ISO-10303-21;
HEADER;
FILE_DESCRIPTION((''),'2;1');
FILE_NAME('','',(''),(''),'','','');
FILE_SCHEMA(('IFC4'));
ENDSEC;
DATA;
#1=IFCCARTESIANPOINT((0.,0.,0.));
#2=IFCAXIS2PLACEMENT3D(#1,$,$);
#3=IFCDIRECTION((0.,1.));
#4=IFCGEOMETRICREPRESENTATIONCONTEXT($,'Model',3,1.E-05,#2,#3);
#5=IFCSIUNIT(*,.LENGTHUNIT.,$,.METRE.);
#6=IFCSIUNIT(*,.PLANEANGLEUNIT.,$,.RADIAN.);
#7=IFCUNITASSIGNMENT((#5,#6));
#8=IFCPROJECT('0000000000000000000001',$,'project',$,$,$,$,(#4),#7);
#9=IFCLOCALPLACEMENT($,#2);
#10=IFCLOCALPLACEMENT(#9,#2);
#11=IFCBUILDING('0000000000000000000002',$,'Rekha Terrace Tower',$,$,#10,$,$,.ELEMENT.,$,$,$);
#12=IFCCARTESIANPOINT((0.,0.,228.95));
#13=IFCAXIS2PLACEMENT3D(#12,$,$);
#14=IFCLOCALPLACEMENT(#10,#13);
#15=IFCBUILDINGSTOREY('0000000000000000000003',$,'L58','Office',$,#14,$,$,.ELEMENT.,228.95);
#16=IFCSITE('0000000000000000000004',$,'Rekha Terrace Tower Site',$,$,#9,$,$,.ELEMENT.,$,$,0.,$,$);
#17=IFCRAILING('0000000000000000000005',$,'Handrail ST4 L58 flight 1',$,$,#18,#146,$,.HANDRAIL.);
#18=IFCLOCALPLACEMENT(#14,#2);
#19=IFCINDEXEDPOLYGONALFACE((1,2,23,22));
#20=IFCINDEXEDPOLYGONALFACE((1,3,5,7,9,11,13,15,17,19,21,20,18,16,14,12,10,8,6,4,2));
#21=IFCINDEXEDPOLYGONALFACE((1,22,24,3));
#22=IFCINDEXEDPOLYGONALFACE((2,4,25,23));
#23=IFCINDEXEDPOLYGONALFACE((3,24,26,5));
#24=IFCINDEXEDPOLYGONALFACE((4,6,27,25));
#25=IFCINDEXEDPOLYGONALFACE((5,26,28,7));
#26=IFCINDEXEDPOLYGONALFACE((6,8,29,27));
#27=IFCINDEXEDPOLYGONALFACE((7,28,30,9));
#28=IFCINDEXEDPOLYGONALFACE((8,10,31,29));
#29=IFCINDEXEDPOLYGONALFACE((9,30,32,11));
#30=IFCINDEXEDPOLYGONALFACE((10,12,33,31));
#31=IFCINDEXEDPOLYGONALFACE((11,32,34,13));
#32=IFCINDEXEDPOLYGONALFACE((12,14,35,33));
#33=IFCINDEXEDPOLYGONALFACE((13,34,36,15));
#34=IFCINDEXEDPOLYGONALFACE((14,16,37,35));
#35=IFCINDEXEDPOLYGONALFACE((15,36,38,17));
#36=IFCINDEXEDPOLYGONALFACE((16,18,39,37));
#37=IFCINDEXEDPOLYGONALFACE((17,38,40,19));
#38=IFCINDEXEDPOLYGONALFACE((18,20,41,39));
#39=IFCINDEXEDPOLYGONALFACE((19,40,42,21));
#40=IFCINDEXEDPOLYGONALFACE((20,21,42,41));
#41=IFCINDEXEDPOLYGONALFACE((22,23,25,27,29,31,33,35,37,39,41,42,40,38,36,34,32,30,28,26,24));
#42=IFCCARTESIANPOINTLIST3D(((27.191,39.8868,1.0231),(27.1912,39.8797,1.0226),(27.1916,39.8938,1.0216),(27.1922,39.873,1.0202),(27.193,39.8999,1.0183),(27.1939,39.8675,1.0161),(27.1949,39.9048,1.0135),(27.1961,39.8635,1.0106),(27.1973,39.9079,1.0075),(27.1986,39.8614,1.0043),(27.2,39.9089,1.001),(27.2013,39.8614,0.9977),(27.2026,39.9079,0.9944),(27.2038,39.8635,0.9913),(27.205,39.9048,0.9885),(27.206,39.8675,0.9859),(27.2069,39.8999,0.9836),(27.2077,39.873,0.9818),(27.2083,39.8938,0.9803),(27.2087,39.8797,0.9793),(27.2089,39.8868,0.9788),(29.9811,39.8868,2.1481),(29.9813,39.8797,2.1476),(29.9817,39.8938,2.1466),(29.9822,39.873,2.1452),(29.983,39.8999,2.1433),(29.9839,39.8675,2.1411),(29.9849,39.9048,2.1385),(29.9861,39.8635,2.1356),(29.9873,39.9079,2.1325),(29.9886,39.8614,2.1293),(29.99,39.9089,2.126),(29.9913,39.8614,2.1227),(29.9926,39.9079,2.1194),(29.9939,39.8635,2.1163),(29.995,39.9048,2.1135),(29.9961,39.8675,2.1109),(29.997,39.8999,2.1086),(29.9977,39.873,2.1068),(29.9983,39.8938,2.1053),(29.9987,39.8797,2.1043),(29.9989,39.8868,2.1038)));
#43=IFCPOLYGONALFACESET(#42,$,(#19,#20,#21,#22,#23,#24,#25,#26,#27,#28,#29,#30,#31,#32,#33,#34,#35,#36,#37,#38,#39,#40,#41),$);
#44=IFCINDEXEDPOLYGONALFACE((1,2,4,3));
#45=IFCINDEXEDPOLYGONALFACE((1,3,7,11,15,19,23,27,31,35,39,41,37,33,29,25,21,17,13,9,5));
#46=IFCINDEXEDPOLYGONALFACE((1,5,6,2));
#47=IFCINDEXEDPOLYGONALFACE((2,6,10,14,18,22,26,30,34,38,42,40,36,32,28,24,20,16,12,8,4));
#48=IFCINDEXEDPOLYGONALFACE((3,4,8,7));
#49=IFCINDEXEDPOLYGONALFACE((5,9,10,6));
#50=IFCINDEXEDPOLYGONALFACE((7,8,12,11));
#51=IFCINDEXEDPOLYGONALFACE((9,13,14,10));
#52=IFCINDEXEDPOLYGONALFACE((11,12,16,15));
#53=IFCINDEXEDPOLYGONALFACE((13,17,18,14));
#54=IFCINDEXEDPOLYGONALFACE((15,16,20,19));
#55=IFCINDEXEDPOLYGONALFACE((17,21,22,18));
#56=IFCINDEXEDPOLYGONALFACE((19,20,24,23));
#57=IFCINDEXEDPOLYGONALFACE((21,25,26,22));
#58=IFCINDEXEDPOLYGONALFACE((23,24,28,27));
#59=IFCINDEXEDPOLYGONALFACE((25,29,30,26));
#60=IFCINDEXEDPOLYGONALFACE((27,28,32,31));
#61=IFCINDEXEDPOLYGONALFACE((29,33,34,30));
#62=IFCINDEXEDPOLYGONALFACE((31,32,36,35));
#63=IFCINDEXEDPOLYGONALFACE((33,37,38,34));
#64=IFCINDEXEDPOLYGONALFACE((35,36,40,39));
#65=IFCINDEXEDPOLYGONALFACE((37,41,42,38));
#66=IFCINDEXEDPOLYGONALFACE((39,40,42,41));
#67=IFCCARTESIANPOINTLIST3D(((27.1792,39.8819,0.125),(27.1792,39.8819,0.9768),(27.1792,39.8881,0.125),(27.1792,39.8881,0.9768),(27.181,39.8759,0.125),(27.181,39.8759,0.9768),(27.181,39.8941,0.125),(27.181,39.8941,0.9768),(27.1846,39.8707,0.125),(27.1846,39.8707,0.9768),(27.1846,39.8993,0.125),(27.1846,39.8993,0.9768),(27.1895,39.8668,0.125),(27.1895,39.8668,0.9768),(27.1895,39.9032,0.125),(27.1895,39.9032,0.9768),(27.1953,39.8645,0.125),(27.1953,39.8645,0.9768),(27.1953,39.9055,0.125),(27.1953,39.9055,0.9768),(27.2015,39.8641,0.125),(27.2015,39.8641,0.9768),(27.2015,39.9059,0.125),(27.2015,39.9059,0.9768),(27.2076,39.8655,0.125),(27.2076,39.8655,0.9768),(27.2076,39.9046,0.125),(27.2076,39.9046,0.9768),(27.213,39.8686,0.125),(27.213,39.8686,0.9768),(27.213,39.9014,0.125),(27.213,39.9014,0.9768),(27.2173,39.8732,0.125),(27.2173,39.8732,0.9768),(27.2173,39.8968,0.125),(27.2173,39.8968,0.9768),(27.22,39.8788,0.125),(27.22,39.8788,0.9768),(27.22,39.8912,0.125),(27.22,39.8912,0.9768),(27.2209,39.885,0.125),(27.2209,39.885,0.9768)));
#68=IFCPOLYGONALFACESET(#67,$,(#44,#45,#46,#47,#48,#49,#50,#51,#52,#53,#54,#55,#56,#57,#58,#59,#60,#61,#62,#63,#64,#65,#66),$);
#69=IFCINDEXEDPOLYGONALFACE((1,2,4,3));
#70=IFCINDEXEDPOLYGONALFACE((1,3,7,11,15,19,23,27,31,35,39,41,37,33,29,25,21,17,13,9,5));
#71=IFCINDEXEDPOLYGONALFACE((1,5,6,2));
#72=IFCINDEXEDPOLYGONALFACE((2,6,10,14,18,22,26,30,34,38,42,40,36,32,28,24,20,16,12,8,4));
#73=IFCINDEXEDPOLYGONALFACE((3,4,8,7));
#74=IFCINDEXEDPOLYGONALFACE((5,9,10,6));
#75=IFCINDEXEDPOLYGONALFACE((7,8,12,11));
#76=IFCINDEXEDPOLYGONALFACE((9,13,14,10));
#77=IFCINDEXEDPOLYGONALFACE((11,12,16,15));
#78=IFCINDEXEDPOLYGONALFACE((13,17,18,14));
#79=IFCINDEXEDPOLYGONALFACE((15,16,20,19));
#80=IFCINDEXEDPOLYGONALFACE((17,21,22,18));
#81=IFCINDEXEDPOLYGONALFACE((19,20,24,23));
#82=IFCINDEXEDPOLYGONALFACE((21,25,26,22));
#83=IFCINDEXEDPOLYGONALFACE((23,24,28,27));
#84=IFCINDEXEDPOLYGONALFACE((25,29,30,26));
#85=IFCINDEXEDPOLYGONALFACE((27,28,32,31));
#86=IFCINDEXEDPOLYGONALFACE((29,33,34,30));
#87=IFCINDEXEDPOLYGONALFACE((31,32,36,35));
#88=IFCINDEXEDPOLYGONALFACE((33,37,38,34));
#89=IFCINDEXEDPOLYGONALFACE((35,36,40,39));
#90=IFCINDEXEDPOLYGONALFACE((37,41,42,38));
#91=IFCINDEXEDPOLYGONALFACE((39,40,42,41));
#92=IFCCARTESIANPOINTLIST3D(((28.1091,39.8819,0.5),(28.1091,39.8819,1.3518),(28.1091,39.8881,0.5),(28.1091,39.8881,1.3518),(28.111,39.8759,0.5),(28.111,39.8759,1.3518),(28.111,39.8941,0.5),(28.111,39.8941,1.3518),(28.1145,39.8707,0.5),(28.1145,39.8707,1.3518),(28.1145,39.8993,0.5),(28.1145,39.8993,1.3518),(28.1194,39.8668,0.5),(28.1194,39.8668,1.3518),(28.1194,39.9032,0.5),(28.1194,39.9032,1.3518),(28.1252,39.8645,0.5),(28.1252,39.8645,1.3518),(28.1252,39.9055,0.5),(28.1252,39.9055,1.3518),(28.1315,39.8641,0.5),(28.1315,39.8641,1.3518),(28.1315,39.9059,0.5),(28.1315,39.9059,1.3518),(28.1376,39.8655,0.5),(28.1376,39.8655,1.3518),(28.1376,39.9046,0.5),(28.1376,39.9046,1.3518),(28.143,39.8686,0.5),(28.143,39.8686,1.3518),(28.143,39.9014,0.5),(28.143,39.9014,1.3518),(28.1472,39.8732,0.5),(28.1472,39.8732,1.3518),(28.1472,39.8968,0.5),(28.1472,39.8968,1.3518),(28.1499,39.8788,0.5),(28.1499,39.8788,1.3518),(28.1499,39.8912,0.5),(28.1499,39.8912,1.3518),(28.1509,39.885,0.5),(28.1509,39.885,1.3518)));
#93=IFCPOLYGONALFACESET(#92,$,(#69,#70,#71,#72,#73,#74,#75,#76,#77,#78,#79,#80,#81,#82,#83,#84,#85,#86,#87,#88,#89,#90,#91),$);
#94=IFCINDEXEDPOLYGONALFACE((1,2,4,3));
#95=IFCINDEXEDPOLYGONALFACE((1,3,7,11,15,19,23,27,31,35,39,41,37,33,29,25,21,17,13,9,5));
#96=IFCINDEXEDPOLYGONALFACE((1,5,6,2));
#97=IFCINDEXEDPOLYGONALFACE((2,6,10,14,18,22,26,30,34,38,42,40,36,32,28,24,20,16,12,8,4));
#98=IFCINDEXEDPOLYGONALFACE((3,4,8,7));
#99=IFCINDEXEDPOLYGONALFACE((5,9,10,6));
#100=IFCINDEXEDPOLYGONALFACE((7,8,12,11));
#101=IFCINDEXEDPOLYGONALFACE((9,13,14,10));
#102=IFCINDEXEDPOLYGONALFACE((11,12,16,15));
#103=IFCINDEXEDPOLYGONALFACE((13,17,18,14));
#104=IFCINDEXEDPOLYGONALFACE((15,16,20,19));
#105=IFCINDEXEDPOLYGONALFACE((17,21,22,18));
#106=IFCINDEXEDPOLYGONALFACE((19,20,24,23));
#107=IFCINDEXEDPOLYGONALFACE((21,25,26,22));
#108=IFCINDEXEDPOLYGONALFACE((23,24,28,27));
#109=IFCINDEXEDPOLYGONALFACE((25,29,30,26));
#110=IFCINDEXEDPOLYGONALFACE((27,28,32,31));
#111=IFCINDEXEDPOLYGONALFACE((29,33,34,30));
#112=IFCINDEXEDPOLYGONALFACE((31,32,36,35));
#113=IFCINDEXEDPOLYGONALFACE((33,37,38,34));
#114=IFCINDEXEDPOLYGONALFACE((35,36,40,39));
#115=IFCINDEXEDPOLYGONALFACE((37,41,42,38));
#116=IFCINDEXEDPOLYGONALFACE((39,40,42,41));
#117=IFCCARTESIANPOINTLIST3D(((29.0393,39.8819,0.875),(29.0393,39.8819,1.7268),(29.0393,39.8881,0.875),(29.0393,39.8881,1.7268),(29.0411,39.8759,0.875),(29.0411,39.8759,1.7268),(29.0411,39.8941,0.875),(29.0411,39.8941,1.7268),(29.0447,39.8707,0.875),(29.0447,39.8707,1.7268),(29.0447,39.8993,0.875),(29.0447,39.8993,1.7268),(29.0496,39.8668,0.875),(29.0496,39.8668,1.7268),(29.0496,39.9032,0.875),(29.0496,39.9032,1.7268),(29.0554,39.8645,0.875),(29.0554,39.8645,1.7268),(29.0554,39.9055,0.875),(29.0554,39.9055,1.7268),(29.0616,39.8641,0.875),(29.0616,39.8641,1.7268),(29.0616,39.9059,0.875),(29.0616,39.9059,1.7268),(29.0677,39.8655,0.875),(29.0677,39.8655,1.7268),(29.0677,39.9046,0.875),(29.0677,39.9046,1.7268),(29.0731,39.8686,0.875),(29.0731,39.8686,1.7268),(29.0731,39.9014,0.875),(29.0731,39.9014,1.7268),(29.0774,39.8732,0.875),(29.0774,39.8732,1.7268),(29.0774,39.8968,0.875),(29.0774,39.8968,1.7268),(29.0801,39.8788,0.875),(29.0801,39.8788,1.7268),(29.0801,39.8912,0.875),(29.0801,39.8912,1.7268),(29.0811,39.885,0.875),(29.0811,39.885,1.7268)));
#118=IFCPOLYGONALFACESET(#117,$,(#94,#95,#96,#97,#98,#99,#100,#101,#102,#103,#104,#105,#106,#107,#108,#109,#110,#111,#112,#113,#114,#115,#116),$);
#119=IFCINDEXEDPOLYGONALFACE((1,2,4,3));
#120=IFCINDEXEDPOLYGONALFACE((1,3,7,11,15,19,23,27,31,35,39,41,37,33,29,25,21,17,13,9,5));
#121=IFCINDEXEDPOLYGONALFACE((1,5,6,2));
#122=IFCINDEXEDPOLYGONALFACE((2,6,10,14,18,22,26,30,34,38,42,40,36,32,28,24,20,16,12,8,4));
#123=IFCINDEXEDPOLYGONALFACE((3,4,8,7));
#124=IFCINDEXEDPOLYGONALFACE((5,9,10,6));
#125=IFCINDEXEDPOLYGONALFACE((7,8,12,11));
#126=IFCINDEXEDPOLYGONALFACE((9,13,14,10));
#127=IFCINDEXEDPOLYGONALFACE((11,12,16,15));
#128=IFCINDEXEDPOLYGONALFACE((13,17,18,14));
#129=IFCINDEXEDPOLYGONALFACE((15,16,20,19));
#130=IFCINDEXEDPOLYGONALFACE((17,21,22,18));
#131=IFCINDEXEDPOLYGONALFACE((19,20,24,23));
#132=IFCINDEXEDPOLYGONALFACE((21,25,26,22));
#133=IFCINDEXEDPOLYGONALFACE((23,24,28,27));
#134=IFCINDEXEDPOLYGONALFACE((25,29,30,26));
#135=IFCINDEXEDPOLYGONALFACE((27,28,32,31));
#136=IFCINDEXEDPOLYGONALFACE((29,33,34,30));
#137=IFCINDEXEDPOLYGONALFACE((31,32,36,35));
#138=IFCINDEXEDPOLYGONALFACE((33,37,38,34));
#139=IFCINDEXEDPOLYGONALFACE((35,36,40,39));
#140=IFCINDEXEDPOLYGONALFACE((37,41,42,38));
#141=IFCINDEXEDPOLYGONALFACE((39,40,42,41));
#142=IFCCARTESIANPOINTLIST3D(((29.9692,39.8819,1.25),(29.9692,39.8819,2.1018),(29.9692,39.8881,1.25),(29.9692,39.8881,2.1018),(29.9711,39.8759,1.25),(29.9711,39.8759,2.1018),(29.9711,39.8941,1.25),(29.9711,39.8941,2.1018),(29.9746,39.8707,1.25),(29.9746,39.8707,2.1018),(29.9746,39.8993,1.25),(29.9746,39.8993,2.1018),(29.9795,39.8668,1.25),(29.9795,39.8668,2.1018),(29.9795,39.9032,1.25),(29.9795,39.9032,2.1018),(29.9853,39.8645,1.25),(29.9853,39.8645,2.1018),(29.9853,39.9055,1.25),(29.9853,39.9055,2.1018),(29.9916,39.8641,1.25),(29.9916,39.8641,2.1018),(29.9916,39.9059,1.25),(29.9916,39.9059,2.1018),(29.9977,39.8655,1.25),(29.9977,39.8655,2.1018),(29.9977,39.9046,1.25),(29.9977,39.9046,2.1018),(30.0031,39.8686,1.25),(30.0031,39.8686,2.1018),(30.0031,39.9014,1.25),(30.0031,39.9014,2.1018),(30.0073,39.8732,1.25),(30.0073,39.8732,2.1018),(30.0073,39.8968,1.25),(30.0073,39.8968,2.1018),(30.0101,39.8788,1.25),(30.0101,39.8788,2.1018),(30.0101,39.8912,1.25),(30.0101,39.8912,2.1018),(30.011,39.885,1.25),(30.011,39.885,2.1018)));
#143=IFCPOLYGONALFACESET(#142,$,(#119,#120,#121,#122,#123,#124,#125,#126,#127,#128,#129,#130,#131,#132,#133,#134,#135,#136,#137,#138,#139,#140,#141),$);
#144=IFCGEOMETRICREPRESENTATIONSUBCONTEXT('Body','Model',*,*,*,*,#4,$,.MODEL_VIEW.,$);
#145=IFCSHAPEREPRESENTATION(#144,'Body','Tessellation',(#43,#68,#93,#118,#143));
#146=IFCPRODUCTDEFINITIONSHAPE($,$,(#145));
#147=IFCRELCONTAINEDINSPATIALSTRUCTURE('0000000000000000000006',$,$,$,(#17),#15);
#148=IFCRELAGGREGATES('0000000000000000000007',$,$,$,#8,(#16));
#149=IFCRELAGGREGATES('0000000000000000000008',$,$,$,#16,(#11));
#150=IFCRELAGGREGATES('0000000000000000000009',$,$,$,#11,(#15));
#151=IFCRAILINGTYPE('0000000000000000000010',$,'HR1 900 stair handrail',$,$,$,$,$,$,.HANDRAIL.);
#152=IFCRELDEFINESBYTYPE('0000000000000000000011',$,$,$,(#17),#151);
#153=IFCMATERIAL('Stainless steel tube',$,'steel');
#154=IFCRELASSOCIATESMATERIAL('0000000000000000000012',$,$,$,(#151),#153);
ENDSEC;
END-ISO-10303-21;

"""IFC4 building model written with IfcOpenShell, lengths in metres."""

from ifc_helpers import new_model, si_unit, direction, frame, origin, origin_2d, place, context, subcontext, project, spatial, circle, extrude, material, type_object, element, save


model = new_model("IFC4")

# Units and contexts
model_context = context("Model", 3, precision=1e-05, world=origin(), true_north=direction((0.0, 1.0)))
body_context = subcontext(model_context, "Body", "Model", "MODEL_VIEW")
ifc_project = project(units=[si_unit("LENGTHUNIT", "METRE"), si_unit("PLANEANGLEUNIT", "RADIAN")], contexts=[model_context])

# Site, building, storey
site_placement = place(None, origin())
site = spatial("IfcSite", under=ifc_project, at=site_placement, Name="Rekha Terrace Tower Site", CompositionType="ELEMENT", RefElevation=0.0)
building_placement = place(site_placement, origin())
building = spatial("IfcBuilding", under=site, at=building_placement, Name="Rekha Terrace Tower", CompositionType="ELEMENT")
storey_placement = place(building_placement, frame((0.0, 0.0, 228.95)))
storey = spatial("IfcBuildingStorey", under=building, at=storey_placement, Name="L58", Description="Office", CompositionType="ELEMENT", Elevation=228.95)

# Railing
ifc_material_1 = material(Name="Stainless steel tube", Category="steel")
railing_type_1 = type_object("IfcRailingType", Name="HR1 900 stair handrail", PredefinedType="HANDRAIL", material=ifc_material_1)
railing_1_placement = place(storey_placement, frame((27.2, 39.885, 0.125)))
element("IfcRailing", 1, at=railing_1_placement, inside=storey, type_object=railing_type_1, Name="Handrail ST4 L58 flight 1", PredefinedType="HANDRAIL", context=body_context, shape_type="SweptSolid", body=[
    extrude(circle(Radius=0.0239, at=origin_2d()), frame((0.0, 0.0, 0.876), z_axis=(0.927443, 0.0, 0.373964), x_axis=(0.0, 1.0, 0.0)), (0.0, 0.0, 1.0), 3.0083),
    extrude(circle(Radius=0.021, at=origin_2d()), origin(), (0.0, 0.0, 1.0), 0.8518),
    extrude(circle(Radius=0.021, at=origin_2d()), frame((0.9299, 0.0, 0.375)), (0.0, 0.0, 1.0), 0.8518),
    extrude(circle(Radius=0.021, at=origin_2d()), frame((1.8601, 0.0, 0.75)), (0.0, 0.0, 1.0), 0.8518),
    extrude(circle(Radius=0.021, at=origin_2d()), frame((2.79, 0.0, 1.125)), (0.0, 0.0, 1.0), 0.8518),
])

save(model, "model.ifc")
